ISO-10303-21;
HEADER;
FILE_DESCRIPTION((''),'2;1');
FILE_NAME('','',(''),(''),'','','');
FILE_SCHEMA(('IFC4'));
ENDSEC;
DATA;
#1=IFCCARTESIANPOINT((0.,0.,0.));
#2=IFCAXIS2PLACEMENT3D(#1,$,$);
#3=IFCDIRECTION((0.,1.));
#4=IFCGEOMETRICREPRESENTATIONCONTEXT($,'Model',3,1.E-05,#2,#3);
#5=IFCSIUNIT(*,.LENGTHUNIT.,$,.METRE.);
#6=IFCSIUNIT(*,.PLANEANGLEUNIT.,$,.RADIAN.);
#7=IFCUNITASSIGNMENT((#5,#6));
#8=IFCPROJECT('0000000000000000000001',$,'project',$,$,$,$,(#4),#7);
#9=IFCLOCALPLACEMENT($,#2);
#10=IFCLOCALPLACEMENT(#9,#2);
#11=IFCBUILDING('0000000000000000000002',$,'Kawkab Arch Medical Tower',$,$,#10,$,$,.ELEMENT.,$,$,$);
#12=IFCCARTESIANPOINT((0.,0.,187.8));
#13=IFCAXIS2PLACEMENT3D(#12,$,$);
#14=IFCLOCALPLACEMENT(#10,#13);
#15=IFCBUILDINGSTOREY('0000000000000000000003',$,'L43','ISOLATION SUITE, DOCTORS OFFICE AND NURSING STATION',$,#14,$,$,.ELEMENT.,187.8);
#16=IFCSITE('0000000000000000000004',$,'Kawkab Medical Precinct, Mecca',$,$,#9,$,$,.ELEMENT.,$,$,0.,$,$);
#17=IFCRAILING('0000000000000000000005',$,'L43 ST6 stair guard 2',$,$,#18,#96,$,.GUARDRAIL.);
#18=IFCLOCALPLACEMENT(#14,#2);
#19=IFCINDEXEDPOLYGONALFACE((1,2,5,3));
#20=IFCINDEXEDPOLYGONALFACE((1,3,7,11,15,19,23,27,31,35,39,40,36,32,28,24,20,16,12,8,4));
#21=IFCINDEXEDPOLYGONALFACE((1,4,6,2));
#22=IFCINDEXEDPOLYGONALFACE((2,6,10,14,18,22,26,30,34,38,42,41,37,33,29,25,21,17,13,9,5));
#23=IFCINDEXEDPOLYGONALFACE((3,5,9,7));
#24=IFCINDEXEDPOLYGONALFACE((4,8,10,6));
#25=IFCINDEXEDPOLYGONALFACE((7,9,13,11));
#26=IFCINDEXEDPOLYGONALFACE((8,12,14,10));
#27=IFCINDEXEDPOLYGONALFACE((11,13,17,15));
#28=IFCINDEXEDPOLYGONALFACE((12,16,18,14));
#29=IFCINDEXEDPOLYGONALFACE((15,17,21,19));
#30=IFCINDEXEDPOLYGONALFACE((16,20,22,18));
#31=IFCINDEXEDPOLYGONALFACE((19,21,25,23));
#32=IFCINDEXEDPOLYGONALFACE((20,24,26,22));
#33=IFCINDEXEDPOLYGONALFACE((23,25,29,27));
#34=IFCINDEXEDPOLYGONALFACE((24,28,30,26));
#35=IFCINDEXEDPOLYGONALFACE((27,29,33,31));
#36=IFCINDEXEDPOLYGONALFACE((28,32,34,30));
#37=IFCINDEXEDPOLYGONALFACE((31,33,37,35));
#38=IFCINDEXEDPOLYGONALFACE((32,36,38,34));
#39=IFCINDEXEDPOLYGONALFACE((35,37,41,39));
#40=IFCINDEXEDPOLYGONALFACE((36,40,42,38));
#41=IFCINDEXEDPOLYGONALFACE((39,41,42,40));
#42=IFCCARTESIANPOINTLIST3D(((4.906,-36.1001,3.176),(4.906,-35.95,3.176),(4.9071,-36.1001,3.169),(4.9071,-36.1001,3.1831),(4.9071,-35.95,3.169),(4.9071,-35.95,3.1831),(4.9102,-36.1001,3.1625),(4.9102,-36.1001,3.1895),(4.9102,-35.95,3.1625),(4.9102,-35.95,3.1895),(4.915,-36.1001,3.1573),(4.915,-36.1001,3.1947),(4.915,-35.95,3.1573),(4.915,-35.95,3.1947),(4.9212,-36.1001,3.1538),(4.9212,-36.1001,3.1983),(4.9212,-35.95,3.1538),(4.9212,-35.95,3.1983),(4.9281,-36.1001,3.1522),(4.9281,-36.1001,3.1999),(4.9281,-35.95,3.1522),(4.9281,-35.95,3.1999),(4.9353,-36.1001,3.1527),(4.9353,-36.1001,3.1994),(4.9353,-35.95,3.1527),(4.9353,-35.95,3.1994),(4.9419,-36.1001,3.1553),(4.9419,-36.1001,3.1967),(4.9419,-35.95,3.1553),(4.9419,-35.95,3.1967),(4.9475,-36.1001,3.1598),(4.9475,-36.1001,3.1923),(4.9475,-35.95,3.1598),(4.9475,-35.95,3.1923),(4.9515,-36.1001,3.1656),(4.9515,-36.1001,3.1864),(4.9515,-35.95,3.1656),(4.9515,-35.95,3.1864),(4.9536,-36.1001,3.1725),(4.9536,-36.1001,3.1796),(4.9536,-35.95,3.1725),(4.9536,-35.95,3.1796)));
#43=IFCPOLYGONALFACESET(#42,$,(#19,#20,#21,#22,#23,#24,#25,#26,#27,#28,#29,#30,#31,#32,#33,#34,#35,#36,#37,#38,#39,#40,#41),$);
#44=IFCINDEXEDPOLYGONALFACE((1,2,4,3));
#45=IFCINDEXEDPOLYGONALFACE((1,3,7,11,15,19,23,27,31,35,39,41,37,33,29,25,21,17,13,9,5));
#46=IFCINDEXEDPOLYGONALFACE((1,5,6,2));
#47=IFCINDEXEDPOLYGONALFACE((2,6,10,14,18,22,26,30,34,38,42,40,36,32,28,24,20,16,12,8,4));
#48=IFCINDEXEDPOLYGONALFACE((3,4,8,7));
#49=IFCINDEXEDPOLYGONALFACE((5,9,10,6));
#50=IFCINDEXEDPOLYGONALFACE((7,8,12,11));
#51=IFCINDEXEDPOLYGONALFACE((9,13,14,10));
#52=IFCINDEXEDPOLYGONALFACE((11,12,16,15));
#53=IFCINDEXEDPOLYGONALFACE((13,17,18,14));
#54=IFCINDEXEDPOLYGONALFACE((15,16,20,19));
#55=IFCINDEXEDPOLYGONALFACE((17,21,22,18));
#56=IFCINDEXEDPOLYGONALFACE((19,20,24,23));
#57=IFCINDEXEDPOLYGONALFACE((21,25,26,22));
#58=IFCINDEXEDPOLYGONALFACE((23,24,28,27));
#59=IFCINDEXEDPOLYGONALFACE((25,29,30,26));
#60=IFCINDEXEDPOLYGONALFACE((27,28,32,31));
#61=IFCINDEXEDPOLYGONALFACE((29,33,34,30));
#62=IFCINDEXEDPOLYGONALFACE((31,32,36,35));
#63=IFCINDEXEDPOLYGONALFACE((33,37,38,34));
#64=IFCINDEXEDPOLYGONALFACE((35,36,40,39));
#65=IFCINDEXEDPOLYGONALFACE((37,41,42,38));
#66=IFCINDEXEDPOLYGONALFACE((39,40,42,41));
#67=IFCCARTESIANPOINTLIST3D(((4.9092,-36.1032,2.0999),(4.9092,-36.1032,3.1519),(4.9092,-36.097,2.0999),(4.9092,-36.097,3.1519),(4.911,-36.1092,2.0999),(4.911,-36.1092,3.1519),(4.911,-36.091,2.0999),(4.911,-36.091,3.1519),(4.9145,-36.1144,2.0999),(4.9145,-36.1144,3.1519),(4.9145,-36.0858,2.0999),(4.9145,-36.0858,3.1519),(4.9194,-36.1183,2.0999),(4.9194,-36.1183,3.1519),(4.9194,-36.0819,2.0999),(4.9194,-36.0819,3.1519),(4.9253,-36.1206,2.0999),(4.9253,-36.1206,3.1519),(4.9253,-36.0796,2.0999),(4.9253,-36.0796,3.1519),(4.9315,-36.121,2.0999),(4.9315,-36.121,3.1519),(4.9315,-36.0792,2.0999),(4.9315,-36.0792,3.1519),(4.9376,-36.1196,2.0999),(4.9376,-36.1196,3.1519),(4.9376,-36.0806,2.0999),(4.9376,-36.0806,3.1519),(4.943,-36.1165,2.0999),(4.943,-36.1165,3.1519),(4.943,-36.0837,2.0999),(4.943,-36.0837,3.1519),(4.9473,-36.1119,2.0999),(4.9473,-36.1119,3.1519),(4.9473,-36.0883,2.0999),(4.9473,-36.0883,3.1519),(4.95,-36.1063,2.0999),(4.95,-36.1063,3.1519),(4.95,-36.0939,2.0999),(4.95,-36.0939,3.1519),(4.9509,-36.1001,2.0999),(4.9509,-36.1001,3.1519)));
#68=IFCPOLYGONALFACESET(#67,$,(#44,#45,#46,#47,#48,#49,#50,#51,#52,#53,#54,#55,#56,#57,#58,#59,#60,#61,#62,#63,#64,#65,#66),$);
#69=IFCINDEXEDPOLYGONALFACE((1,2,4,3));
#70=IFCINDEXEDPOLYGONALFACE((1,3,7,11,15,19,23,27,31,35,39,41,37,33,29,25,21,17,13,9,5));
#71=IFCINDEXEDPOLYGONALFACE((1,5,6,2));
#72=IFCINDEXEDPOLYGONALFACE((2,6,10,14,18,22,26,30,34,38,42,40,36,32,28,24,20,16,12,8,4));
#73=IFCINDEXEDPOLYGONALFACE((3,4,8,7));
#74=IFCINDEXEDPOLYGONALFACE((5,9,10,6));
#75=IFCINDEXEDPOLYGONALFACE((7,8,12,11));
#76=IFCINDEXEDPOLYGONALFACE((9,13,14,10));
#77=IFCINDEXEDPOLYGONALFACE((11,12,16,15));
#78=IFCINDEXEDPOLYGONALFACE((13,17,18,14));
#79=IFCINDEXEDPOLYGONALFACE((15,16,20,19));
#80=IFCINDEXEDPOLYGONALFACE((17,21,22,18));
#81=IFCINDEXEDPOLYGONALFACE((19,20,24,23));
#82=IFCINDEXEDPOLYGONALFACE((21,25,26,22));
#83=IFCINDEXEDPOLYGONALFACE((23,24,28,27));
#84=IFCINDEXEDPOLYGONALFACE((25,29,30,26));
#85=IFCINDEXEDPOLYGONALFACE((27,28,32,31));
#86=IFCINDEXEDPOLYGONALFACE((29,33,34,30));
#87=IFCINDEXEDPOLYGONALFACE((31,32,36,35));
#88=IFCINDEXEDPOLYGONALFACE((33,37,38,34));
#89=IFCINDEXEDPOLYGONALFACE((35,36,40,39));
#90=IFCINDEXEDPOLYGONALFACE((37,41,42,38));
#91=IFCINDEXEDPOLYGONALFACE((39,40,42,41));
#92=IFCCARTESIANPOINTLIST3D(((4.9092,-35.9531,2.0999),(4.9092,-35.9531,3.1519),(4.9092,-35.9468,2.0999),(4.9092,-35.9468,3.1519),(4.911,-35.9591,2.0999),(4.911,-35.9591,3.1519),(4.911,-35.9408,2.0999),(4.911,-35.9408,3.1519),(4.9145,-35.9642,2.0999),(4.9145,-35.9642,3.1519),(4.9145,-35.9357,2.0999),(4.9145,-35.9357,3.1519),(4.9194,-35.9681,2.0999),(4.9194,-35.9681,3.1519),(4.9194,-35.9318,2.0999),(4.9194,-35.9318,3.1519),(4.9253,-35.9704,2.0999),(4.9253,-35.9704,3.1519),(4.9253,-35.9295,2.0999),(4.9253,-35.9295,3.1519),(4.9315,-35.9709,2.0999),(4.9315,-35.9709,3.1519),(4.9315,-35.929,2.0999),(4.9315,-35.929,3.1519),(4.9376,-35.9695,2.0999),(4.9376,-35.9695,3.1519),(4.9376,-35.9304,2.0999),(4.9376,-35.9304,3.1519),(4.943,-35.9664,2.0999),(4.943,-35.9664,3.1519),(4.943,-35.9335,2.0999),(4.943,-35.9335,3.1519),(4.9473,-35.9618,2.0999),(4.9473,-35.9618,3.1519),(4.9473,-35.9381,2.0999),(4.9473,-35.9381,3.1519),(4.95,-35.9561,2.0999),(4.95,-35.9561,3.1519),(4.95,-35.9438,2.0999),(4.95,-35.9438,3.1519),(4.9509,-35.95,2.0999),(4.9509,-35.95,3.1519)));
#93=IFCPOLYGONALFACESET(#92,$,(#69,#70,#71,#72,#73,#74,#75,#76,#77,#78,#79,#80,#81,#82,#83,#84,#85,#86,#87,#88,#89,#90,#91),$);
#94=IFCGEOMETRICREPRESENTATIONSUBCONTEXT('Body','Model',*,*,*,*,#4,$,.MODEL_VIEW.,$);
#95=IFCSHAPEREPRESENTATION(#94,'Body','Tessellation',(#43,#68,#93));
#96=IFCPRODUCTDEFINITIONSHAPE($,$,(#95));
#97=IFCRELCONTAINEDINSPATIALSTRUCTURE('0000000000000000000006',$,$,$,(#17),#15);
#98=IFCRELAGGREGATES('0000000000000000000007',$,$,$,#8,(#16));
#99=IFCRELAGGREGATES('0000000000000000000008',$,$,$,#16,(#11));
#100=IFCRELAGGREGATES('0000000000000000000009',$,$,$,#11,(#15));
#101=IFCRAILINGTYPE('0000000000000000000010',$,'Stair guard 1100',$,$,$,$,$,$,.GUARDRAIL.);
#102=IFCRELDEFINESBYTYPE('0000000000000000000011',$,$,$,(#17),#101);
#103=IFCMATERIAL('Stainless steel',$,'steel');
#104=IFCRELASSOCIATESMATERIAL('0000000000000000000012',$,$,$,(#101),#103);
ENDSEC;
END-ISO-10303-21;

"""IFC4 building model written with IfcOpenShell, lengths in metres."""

from ifc_helpers import new_model, si_unit, direction, frame, origin, origin_2d, place, context, subcontext, project, spatial, circle, extrude, material, type_object, element, save


model = new_model("IFC4")

# Units and contexts
model_context = context("Model", 3, precision=1e-05, world=origin(), true_north=direction((0.0, 1.0)))
body_context = subcontext(model_context, "Body", "Model", "MODEL_VIEW")
ifc_project = project(units=[si_unit("LENGTHUNIT", "METRE"), si_unit("PLANEANGLEUNIT", "RADIAN")], contexts=[model_context])

# Site, building, storey
site_placement = place(None, origin())
site = spatial("IfcSite", under=ifc_project, at=site_placement, Name="Kawkab Medical Precinct, Mecca", CompositionType="ELEMENT", RefElevation=0.0)
building_placement = place(site_placement, origin())
building = spatial("IfcBuilding", under=site, at=building_placement, Name="Kawkab Arch Medical Tower", CompositionType="ELEMENT")
storey_placement = place(building_placement, frame((0.0, 0.0, 187.8)))
storey = spatial("IfcBuildingStorey", under=building, at=storey_placement, Name="L43", Description="ISOLATION SUITE, DOCTORS OFFICE AND NURSING STATION", CompositionType="ELEMENT", Elevation=187.8)

# Railing
ifc_material_1 = material(Name="Stainless steel", Category="steel")
railing_type = type_object("IfcRailingType", Name="Stair guard 1100", PredefinedType="GUARDRAIL", material=ifc_material_1)
railing_1_placement = place(storey_placement, frame((4.9299, -36.1001, 2.0999)))
element("IfcRailing", 1, at=railing_1_placement, inside=storey, type_object=railing_type, Name="L43 ST6 stair guard 2", PredefinedType="GUARDRAIL", context=body_context, shape_type="SweptSolid", body=[
    extrude(circle(Radius=0.0239, at=origin_2d()), frame((0.0, 0.0, 1.0762), z_axis=(0.0, 1.0, 0.0), x_axis=(-1.0, 0.0, 0.0)), (0.0, 0.0, 1.0), 0.1501),
    extrude(circle(Radius=0.021, at=origin_2d()), origin(), (0.0, 0.0, 1.0), 1.052),
    extrude(circle(Radius=0.021, at=origin_2d()), frame((0.0, 0.1501, 0.0)), (0.0, 0.0, 1.0), 1.052),
])

save(model, "model.ifc")
